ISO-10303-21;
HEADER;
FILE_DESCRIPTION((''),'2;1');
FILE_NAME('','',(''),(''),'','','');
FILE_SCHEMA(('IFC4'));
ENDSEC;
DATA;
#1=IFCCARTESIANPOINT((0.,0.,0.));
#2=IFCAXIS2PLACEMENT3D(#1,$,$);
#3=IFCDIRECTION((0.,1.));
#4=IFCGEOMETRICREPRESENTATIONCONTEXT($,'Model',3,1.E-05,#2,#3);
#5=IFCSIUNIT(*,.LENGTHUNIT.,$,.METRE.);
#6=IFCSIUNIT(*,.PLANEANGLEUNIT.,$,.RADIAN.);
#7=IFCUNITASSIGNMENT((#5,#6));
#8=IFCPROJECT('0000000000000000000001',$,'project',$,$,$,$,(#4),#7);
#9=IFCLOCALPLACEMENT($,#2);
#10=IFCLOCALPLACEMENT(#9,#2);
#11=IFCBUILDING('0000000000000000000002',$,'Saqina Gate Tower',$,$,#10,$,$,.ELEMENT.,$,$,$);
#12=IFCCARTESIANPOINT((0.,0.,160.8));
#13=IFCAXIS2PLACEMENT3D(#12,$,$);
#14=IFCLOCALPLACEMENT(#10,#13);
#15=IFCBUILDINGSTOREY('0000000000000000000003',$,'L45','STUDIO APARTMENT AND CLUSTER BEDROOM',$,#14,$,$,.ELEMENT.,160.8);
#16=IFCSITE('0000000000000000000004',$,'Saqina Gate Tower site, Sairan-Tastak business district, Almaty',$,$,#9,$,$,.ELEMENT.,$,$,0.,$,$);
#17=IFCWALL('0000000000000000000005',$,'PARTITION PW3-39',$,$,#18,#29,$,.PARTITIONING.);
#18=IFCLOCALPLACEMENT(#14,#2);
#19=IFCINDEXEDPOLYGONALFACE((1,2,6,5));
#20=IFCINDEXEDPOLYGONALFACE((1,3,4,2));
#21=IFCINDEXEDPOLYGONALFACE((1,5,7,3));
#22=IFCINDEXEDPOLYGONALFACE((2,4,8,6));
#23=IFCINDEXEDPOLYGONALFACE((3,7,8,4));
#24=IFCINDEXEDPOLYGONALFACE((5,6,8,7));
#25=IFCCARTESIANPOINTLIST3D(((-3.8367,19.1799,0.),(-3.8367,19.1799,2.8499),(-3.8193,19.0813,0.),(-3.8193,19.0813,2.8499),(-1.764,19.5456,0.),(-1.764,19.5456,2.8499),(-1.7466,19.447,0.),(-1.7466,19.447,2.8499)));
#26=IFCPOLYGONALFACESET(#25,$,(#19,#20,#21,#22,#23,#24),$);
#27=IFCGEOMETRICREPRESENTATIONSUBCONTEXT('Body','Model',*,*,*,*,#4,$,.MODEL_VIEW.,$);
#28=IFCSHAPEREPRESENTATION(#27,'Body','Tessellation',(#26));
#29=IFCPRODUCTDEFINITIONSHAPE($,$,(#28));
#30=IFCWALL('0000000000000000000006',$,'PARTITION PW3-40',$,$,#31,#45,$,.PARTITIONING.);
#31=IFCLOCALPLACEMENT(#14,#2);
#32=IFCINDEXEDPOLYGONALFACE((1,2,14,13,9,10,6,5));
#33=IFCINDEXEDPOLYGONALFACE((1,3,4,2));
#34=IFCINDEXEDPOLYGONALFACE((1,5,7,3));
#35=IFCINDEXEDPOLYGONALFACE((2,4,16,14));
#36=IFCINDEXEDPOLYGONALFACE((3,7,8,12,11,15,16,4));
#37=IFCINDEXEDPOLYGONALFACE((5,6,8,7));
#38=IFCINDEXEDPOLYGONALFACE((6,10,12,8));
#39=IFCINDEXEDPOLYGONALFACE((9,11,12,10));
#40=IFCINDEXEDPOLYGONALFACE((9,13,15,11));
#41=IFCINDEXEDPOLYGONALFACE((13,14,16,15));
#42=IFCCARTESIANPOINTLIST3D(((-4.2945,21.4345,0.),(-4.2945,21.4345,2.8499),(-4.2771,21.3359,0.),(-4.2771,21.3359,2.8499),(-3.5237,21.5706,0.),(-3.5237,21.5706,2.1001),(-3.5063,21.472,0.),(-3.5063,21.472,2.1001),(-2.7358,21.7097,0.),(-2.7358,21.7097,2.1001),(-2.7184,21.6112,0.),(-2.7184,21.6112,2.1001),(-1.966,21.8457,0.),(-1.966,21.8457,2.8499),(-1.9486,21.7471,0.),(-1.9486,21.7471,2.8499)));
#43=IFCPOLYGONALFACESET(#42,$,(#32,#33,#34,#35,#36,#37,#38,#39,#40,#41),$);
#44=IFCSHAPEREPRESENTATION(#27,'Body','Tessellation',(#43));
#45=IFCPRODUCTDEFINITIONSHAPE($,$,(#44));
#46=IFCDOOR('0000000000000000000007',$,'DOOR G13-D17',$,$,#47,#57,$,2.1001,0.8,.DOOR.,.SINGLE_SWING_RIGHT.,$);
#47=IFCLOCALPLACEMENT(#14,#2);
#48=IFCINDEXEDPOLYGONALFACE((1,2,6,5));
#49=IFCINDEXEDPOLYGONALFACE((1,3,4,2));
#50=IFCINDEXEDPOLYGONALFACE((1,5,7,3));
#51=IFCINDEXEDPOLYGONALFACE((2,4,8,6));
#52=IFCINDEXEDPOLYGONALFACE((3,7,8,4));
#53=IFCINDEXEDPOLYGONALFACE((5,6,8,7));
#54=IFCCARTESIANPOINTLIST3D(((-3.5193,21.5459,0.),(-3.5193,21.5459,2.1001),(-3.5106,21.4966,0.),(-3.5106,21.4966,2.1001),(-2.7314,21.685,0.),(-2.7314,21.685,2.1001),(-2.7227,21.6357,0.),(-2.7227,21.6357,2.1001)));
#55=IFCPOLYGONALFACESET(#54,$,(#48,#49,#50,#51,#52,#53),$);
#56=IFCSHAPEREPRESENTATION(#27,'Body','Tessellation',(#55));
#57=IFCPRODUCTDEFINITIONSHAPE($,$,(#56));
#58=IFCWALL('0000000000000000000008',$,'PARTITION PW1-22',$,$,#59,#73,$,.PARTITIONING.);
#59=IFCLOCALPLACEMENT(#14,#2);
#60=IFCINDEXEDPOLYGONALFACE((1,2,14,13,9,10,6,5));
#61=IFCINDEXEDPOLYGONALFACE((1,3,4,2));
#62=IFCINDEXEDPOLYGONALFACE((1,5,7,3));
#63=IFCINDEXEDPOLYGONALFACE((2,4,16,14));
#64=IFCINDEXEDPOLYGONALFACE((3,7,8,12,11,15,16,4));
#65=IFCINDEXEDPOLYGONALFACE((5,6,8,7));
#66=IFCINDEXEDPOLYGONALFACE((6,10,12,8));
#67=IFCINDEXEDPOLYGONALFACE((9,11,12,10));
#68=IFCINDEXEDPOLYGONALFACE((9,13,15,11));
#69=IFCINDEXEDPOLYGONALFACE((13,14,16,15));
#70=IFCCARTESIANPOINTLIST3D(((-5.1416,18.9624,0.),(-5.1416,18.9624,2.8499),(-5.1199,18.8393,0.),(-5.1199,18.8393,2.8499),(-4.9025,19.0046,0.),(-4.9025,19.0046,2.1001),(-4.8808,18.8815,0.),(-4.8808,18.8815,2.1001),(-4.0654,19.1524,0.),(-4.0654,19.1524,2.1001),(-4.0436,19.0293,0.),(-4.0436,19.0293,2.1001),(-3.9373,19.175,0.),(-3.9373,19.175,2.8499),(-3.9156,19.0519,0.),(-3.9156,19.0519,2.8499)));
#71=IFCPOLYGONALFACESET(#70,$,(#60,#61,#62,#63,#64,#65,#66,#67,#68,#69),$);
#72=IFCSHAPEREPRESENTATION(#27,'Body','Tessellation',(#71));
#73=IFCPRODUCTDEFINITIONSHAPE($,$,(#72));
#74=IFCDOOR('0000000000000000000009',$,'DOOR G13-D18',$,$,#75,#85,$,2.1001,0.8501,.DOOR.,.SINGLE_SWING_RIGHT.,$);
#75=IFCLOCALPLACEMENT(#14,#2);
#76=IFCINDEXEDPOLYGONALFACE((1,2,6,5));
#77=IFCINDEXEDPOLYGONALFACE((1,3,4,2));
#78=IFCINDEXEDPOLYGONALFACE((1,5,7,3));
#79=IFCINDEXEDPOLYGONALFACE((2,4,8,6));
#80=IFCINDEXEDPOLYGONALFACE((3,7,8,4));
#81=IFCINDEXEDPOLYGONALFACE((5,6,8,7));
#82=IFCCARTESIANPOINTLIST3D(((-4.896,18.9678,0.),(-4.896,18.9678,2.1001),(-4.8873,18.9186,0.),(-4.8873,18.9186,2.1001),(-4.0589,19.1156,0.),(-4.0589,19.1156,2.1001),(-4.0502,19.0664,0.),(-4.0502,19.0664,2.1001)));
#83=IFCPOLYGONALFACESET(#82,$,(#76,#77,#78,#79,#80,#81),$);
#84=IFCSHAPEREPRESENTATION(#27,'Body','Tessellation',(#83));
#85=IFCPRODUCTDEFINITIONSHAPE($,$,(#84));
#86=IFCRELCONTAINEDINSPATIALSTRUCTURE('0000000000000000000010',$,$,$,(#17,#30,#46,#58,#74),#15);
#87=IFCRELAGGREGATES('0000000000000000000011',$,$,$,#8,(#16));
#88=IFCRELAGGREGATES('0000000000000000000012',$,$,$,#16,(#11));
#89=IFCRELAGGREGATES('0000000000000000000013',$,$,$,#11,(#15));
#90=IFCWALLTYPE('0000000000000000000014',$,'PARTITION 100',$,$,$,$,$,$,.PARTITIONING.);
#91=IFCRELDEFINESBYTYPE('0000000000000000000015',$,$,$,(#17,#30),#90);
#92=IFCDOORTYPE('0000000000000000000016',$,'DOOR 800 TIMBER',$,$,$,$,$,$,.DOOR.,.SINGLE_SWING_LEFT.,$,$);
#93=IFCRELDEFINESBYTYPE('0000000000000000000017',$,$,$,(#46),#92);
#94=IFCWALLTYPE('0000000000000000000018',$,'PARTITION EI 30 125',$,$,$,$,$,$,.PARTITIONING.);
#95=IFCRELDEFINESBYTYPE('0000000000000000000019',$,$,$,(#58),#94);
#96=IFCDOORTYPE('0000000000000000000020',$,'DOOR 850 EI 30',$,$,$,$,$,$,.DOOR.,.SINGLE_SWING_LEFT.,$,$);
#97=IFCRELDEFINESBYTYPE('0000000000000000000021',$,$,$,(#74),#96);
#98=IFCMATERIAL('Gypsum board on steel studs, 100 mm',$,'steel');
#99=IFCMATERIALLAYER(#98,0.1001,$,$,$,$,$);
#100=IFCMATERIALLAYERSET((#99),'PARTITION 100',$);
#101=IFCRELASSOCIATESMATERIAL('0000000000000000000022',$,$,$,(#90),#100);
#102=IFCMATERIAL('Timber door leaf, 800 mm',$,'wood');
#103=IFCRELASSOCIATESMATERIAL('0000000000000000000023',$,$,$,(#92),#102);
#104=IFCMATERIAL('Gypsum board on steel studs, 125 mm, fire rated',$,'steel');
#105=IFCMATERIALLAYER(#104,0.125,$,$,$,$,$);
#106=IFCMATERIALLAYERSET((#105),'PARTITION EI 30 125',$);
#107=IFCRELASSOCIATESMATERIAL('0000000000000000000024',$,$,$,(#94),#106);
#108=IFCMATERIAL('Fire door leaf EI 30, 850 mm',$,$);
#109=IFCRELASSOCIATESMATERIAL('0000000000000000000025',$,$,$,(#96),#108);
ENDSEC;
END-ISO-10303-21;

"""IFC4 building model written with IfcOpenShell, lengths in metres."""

from ifc_helpers import new_model, si_unit, direction, frame, frame_2d, origin, place, context, subcontext, project, spatial, rectangle, extrude, material, layer, layer_set, type_object, element, fill, save


model = new_model("IFC4")

# Units and contexts
model_context = context("Model", 3, precision=1e-05, world=origin(), true_north=direction((0.0, 1.0)))
body_context = subcontext(model_context, "Body", "Model", "MODEL_VIEW")
ifc_project = project(units=[si_unit("LENGTHUNIT", "METRE"), si_unit("PLANEANGLEUNIT", "RADIAN")], contexts=[model_context])

# Site, building, storey
site_placement = place(None, origin())
site = spatial("IfcSite", under=ifc_project, at=site_placement, Name="Saqina Gate Tower site, Sairan-Tastak business district, Almaty", CompositionType="ELEMENT", RefElevation=0.0)
building_placement = place(site_placement, origin())
building = spatial("IfcBuilding", under=site, at=building_placement, Name="Saqina Gate Tower", CompositionType="ELEMENT")
storey_placement = place(building_placement, frame((0.0, 0.0, 160.8)))
storey = spatial("IfcBuildingStorey", under=building, at=storey_placement, Name="L45", Description="STUDIO APARTMENT AND CLUSTER BEDROOM", CompositionType="ELEMENT", Elevation=160.8)

# Shared definitions
ifc_material_1 = material(Name="Gypsum board on steel studs, 100 mm", Category="steel")
ifc_layer_1 = layer(ifc_material_1, 0.1001)
ifc_layer_set_1 = layer_set([ifc_layer_1], Name="PARTITION 100")
wall_type_1 = type_object("IfcWallType", Name="PARTITION 100", PredefinedType="PARTITIONING", material=ifc_layer_set_1)

# Shared definitions
ifc_material_2 = material(Name="Timber door leaf, 800 mm", Category="wood")
door_type_1 = type_object("IfcDoorType", Name="DOOR 800 TIMBER", OperationType="SINGLE_SWING_LEFT", PredefinedType="DOOR", material=ifc_material_2)

# Wall
wall_1_placement = place(storey_placement, frame((-3.8279, 19.1306, 0.0), z_axis=(0.0, 0.0, 1.0), x_axis=(0.984788, 0.173759, 0.0)))
element("IfcWall", 1, at=wall_1_placement, inside=storey, type_object=wall_type_1, Name="PARTITION PW3-39", PredefinedType="PARTITIONING", context=body_context, shape_type="SweptSolid", body=[
    extrude(rectangle(XDim=2.1047, YDim=0.1001, at=frame_2d((1.0522, 0.0))), origin(), (0.0, 0.0, 1.0), 2.8499),
])

# Walls, openings, doors
wall_2_placement = place(storey_placement, frame((-4.2856, 21.3853, 0.0), z_axis=(0.0, 0.0, 1.0), x_axis=(0.984766, 0.173885, 0.0)))
wall_2 = element("IfcWall", 2, at=wall_2_placement, inside=storey, type_object=wall_type_1, Name="PARTITION PW3-40", PredefinedType="PARTITIONING", context=body_context, shape_type="SweptSolid", body=[
    extrude(rectangle(XDim=2.3645, YDim=0.1001, at=frame_2d((1.1821, 0.0))), origin(), (0.0, 0.0, 1.0), 2.8499),
])
opening_1_placement = place(wall_2_placement, frame((0.7827, 0.0, 0.0)))
opening_1 = element("IfcOpeningElement", 3, at=opening_1_placement, cuts=wall_2, PredefinedType="OPENING", context=body_context, shape_type="SweptSolid", body=[
    extrude(rectangle(XDim=0.8, YDim=2.1001, at=frame_2d((0.3999, 1.05))), frame((0.0, 0.062, 0.0), z_axis=(0.0, -1.0, 0.0), x_axis=(1.0, 0.0, 0.0)), (0.0, 0.0, 1.0), 0.124),
])
door_1_placement = place(opening_1_placement, origin())
door_1 = element("IfcDoor", 4, at=door_1_placement, inside=storey, type_object=door_type_1, Name="DOOR G13-D17", OperationType="SINGLE_SWING_RIGHT", OverallHeight=2.1001, OverallWidth=0.8, PredefinedType="DOOR", context=body_context, shape_type="SweptSolid", body=[
    extrude(rectangle(XDim=0.8, YDim=2.1001, at=frame_2d((0.3999, 1.05))), frame((0.0, 0.0249, 0.0), z_axis=(0.0, -1.0, 0.0), x_axis=(1.0, 0.0, 0.0)), (0.0, 0.0, 1.0), 0.05),
])
fill(opening_1, door_1)
ifc_material_3 = material(Name="Gypsum board on steel studs, 125 mm, fire rated", Category="steel")
ifc_layer_2 = layer(ifc_material_3, 0.125)
ifc_layer_set_2 = layer_set([ifc_layer_2], Name="PARTITION EI 30 125")
wall_type_2 = type_object("IfcWallType", Name="PARTITION EI 30 125", PredefinedType="PARTITIONING", material=ifc_layer_set_2)
wall_3_placement = place(storey_placement, frame((-5.1306, 18.9009, 0.0), z_axis=(0.0, 0.0, 1.0), x_axis=(0.984767, 0.173876, 0.0)))
wall_3 = element("IfcWall", 5, at=wall_3_placement, inside=storey, type_object=wall_type_2, Name="PARTITION PW1-22", PredefinedType="PARTITIONING", context=body_context, shape_type="SweptSolid", body=[
    extrude(rectangle(XDim=1.2229, YDim=0.125, at=frame_2d((0.6113, 0.0))), origin(), (0.0, 0.0, 1.0), 2.8499),
])
opening_2_placement = place(wall_3_placement, frame((0.2427, 0.0, 0.0)))
opening_2 = element("IfcOpeningElement", 6, at=opening_2_placement, cuts=wall_3, PredefinedType="OPENING", context=body_context, shape_type="SweptSolid", body=[
    extrude(rectangle(XDim=0.8501, YDim=2.1001, at=frame_2d((0.425, 1.05))), frame((0.0, 0.0745, 0.0), z_axis=(0.0, -1.0, 0.0), x_axis=(1.0, 0.0, 0.0)), (0.0, 0.0, 1.0), 0.1489),
])
ifc_material_4 = material(Name="Fire door leaf EI 30, 850 mm")
door_type_2 = type_object("IfcDoorType", Name="DOOR 850 EI 30", OperationType="SINGLE_SWING_LEFT", PredefinedType="DOOR", material=ifc_material_4)
door_2_placement = place(opening_2_placement, frame((0.8501, 0.0, 0.0), z_axis=(0.0, 0.0, 1.0), x_axis=(-1.0, 0.0, 0.0)))
door_2 = element("IfcDoor", 7, at=door_2_placement, inside=storey, type_object=door_type_2, Name="DOOR G13-D18", OperationType="SINGLE_SWING_RIGHT", OverallHeight=2.1001, OverallWidth=0.8501, PredefinedType="DOOR", context=body_context, shape_type="SweptSolid", body=[
    extrude(rectangle(XDim=0.8501, YDim=2.1001, at=frame_2d((0.425, 1.05))), frame((0.0, 0.0249, 0.0), z_axis=(0.0, -1.0, 0.0), x_axis=(1.0, 0.0, 0.0)), (0.0, 0.0, 1.0), 0.05),
])
fill(opening_2, door_2)

save(model, "model.ifc")
